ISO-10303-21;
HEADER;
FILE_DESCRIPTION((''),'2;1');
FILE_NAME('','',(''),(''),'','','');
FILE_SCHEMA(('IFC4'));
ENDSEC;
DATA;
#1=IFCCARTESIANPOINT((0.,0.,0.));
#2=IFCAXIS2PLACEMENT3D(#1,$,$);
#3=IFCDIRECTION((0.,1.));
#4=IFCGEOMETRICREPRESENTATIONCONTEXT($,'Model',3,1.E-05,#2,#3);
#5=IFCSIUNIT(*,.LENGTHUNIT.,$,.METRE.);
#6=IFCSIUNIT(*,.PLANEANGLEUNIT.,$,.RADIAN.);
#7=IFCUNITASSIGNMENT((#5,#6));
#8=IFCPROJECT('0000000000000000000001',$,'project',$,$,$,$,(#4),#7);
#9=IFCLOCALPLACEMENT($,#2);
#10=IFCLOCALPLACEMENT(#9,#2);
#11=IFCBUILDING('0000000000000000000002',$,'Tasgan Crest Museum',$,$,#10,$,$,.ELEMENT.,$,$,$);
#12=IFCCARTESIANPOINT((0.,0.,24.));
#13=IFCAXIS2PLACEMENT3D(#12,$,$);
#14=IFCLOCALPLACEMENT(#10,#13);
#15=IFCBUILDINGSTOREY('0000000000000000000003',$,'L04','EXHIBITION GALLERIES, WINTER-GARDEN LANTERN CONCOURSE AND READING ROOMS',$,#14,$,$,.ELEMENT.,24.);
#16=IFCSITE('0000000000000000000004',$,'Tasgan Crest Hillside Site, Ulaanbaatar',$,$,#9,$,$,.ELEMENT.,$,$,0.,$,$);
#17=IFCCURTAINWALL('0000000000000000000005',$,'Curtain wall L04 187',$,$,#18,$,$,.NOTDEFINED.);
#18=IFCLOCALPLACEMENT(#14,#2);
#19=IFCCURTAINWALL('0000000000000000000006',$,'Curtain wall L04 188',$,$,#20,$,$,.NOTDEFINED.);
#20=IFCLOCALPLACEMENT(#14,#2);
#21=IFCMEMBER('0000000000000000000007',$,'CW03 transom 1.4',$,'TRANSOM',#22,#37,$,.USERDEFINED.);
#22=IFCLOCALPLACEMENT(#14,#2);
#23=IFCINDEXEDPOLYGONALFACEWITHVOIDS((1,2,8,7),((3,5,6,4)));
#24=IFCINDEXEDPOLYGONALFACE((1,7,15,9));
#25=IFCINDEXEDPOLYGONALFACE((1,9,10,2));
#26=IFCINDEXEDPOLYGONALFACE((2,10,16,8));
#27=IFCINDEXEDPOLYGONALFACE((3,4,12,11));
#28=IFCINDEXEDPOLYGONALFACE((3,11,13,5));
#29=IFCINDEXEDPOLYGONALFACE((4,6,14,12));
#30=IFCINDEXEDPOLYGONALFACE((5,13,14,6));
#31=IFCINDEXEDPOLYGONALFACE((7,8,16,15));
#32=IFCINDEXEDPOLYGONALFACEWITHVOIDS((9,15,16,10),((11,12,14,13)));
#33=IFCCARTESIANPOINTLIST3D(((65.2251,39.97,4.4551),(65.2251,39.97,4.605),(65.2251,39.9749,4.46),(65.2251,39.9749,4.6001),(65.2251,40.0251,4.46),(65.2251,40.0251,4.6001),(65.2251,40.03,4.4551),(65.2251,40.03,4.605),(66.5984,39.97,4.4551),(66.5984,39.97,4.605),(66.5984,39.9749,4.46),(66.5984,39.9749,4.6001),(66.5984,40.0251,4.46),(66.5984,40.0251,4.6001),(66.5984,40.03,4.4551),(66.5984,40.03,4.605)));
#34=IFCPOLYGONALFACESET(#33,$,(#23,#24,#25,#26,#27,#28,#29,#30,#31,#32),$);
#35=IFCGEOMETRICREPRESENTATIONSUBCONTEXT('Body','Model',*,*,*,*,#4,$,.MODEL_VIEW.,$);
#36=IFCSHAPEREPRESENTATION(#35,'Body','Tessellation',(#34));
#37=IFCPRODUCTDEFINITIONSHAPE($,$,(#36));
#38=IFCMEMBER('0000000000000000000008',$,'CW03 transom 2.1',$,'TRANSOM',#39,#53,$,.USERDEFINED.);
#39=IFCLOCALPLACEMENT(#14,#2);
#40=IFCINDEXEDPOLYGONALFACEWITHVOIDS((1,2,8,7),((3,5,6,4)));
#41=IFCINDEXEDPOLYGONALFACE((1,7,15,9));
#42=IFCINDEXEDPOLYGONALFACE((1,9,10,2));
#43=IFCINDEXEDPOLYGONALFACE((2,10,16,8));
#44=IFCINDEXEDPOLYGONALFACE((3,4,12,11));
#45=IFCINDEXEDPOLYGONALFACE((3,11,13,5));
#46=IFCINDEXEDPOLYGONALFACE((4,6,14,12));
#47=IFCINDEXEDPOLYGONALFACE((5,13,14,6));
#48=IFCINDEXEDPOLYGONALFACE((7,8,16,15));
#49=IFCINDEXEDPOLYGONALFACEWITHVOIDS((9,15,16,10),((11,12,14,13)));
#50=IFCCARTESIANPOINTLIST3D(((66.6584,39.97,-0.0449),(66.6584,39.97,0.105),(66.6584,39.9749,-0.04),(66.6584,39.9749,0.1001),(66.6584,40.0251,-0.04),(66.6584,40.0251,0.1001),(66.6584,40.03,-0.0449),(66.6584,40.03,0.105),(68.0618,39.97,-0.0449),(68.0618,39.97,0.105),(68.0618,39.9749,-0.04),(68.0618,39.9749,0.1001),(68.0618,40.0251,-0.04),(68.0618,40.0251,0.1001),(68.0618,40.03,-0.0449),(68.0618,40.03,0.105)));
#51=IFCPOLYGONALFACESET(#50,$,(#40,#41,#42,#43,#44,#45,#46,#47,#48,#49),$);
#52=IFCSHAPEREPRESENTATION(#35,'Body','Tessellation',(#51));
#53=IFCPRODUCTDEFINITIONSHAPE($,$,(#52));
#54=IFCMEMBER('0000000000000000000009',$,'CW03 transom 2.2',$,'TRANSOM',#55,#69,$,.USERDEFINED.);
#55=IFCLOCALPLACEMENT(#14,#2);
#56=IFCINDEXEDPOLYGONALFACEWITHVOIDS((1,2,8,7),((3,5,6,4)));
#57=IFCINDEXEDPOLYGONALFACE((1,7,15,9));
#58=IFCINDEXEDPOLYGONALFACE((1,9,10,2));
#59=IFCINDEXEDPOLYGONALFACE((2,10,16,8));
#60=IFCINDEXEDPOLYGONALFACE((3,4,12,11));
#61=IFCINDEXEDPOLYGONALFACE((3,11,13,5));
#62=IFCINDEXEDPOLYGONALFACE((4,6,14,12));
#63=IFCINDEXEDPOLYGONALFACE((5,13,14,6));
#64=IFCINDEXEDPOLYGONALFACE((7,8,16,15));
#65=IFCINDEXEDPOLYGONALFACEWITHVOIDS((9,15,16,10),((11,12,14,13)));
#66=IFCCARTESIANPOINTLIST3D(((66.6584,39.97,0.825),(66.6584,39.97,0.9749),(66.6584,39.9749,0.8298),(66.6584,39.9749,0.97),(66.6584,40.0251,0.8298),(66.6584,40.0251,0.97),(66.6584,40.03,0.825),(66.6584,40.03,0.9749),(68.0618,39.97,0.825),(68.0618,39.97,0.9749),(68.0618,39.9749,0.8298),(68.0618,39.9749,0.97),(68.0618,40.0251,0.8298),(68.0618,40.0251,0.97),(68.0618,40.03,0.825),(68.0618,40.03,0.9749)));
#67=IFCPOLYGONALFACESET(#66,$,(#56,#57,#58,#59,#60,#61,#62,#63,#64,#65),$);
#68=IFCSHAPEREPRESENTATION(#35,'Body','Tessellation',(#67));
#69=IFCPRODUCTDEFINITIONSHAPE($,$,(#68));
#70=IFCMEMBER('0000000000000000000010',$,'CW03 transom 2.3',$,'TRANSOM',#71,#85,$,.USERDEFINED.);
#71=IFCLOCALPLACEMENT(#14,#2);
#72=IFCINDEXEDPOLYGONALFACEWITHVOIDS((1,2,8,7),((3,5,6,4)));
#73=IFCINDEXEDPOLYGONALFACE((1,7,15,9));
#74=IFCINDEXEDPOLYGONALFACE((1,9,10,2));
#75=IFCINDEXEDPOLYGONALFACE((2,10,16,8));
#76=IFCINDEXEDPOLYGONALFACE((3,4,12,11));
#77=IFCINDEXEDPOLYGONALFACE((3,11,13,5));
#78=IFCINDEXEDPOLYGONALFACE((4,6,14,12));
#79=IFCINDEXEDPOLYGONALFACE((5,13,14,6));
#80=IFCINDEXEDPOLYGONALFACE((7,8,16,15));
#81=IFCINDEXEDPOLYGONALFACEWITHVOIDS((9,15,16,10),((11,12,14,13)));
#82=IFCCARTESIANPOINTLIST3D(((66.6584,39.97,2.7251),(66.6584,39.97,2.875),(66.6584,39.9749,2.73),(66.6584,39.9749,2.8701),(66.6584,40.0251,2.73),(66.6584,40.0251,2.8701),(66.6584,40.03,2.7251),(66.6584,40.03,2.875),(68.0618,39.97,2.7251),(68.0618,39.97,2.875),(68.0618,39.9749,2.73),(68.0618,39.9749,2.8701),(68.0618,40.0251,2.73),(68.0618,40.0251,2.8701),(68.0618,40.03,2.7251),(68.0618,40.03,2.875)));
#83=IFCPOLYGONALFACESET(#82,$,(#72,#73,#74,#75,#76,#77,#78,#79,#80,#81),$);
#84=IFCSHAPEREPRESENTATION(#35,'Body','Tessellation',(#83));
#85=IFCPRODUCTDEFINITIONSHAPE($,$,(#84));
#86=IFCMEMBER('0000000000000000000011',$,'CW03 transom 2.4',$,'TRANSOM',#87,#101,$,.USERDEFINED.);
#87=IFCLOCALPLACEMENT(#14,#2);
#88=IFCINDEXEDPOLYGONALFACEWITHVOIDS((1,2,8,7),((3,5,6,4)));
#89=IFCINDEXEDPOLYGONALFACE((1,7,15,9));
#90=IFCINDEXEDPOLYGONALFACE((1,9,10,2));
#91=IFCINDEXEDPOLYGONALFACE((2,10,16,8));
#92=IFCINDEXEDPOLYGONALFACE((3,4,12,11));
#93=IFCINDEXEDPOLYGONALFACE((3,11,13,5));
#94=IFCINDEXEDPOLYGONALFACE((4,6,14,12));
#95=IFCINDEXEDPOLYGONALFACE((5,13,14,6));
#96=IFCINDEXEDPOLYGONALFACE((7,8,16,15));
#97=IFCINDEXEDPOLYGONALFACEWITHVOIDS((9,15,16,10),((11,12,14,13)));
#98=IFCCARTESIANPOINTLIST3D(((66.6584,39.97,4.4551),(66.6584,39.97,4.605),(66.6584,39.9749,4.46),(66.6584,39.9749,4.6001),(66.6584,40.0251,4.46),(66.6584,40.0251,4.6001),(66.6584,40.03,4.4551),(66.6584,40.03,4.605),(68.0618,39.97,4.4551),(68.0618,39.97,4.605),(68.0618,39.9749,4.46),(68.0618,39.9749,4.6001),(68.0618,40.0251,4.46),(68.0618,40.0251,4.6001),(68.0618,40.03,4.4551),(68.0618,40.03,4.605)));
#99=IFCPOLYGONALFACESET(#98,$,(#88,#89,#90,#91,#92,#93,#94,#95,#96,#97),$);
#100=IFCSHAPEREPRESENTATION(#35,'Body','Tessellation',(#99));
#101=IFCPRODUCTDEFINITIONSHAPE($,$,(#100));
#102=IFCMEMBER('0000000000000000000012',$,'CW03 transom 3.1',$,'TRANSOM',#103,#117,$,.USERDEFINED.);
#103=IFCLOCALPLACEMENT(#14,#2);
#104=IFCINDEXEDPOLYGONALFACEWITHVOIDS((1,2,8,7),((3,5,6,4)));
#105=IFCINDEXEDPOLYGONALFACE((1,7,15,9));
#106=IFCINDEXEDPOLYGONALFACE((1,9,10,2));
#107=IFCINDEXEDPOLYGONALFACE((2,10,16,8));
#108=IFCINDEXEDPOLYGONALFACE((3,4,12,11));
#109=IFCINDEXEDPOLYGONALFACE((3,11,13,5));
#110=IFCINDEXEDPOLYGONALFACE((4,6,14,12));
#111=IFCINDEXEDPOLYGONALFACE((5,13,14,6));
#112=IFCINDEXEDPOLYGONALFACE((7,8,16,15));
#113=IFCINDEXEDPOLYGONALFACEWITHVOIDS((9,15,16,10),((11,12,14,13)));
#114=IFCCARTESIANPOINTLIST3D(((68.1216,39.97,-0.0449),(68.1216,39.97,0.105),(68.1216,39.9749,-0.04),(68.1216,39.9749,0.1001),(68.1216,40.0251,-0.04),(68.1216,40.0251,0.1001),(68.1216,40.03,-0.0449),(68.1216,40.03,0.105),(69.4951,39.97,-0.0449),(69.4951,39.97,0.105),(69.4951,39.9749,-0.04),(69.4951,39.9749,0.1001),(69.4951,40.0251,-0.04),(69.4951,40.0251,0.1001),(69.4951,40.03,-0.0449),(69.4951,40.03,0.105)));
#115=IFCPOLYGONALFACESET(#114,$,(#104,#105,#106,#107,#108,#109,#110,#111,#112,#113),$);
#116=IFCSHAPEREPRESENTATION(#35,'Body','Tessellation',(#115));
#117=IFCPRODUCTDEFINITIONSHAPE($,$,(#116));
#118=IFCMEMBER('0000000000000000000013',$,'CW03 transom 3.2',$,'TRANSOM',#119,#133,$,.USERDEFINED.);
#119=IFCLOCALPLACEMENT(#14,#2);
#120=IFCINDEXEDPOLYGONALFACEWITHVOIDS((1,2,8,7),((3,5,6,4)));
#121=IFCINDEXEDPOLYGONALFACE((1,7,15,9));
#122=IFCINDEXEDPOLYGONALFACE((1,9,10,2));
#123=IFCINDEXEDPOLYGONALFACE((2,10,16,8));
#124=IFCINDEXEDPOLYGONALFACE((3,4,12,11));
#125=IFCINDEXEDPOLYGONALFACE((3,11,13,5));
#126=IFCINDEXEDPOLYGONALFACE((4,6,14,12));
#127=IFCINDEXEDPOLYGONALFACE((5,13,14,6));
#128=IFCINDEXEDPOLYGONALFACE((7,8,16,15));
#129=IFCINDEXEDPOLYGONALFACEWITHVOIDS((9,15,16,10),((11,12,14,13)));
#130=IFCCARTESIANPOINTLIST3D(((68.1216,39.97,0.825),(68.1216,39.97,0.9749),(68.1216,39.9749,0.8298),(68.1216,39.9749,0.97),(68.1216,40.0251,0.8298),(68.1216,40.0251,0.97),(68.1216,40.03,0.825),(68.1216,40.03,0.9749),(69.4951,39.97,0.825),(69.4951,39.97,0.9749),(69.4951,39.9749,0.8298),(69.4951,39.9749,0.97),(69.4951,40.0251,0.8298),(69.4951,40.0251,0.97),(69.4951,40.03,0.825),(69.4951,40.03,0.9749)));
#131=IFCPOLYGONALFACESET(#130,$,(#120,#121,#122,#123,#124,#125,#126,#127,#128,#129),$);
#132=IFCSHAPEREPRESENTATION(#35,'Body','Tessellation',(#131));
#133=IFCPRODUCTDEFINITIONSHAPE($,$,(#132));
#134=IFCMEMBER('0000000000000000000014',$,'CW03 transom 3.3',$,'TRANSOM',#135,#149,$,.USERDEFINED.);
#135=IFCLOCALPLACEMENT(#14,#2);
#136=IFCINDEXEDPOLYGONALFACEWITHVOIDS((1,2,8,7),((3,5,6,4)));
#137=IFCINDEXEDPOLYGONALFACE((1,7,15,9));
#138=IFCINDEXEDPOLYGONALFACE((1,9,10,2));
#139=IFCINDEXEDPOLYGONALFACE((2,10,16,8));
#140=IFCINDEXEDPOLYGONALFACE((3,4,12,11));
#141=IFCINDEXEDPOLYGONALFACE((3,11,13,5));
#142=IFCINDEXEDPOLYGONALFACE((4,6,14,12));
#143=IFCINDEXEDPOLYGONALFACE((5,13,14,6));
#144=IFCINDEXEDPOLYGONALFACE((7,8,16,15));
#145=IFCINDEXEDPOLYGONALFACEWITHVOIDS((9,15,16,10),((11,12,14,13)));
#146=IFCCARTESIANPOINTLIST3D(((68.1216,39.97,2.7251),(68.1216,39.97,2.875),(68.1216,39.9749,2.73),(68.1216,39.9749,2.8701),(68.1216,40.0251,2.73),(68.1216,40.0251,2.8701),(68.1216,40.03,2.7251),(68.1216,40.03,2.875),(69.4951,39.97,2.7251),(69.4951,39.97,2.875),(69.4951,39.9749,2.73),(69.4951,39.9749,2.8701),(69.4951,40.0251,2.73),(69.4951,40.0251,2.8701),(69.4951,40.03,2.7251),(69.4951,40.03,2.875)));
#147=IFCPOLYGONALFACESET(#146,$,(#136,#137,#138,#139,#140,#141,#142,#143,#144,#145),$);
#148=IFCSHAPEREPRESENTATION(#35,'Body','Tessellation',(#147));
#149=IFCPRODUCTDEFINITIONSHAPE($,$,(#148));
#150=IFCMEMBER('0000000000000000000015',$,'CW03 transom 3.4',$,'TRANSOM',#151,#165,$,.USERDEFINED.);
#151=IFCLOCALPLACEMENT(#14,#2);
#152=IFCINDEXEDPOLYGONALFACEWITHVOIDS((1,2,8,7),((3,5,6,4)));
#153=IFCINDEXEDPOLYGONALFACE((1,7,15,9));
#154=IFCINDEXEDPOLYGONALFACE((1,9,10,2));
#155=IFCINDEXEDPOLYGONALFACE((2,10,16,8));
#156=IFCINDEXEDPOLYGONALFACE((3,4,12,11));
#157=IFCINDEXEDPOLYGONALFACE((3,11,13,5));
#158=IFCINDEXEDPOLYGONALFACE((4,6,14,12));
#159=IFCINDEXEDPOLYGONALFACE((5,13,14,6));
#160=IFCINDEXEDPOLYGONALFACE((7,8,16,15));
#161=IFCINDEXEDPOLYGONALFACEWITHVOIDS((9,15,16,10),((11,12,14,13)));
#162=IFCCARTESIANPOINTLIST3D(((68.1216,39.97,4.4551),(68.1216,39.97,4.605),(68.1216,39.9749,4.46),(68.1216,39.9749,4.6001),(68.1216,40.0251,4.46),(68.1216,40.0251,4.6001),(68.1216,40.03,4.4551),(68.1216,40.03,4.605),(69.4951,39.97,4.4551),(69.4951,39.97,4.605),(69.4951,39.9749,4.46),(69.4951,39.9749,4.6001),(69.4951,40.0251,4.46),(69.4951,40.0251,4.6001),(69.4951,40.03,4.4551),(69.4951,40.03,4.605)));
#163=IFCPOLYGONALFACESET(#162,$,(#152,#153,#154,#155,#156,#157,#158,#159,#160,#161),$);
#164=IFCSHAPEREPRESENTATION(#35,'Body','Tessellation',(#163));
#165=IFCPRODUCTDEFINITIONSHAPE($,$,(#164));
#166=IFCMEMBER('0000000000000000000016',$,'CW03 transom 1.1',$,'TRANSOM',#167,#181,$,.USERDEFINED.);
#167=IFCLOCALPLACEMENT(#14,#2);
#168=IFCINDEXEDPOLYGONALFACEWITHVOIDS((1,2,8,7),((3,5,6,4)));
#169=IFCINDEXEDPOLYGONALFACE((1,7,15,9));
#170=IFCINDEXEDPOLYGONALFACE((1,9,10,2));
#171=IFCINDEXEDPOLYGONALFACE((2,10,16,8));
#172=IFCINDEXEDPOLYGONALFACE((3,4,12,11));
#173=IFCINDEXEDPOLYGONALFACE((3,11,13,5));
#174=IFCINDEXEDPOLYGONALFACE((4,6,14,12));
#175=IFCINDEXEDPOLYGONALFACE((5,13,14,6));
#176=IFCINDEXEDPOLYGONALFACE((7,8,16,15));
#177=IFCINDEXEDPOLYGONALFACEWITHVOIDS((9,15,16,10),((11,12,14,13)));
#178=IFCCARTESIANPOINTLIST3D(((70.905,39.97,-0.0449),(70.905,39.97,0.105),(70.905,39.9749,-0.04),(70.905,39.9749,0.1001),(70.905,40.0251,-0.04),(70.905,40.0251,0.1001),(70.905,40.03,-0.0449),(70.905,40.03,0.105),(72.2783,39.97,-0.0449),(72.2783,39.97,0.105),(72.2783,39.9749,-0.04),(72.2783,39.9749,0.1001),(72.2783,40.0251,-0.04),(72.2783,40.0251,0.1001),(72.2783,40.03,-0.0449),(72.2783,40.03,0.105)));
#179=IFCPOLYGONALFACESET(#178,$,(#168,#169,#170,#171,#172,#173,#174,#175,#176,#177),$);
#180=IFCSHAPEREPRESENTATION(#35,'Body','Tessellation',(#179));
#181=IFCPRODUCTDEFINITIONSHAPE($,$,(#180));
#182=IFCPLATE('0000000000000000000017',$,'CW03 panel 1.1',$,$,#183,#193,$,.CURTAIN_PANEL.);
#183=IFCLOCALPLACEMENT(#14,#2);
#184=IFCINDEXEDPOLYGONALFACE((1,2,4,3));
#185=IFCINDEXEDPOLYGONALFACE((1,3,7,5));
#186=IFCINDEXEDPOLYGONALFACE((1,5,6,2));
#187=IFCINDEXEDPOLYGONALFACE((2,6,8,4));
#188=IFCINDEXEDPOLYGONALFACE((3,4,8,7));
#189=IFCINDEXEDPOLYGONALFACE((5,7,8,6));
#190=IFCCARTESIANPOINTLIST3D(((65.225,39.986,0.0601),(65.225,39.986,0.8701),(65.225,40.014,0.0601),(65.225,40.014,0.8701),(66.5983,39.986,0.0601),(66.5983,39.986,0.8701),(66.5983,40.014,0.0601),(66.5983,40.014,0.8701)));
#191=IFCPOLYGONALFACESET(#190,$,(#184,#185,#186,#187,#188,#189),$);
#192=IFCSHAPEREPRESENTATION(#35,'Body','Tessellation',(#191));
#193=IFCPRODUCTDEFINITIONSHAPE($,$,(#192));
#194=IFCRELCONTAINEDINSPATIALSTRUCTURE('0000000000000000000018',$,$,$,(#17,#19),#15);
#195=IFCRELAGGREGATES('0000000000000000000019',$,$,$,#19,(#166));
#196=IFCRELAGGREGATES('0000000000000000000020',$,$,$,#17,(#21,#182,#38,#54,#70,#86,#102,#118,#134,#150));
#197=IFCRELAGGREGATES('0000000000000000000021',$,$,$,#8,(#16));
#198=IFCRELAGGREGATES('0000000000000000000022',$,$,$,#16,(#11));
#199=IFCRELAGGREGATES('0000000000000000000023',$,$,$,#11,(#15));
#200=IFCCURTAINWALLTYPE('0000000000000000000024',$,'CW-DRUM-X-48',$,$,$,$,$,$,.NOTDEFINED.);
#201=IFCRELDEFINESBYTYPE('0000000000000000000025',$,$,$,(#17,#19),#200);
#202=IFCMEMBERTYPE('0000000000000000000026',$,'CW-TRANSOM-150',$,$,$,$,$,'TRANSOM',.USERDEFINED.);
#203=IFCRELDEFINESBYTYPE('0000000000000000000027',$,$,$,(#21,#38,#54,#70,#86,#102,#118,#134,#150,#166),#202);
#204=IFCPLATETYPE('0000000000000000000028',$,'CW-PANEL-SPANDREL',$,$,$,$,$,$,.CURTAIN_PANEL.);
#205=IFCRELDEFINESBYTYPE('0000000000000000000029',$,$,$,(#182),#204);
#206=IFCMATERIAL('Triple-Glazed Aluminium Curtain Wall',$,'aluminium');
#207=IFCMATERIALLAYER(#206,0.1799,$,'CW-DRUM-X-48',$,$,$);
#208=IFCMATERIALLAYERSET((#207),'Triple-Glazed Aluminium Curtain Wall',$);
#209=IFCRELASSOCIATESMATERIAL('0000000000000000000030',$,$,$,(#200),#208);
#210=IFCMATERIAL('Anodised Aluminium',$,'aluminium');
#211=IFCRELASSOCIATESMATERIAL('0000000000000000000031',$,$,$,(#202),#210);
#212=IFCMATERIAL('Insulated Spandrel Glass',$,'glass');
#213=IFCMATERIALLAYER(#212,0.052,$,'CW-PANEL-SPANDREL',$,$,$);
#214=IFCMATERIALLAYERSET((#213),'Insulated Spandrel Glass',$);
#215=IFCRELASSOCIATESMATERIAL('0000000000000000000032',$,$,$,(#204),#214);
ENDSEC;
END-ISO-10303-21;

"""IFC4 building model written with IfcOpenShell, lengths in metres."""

from ifc_helpers import new_model, si_unit, direction, frame, origin, origin_2d, place, context, subcontext, project, spatial, rectangle, hollow_rectangle, extrude, material, layer, layer_set, material_profile, profile_set, type_object, element, aggregate, save


model = new_model("IFC4")

# Units and contexts
model_context = context("Model", 3, precision=1e-05, world=origin(), true_north=direction((0.0, 1.0)))
body_context = subcontext(model_context, "Body", "Model", "MODEL_VIEW")
ifc_project = project(units=[si_unit("LENGTHUNIT", "METRE"), si_unit("PLANEANGLEUNIT", "RADIAN")], contexts=[model_context])

# Site, building, storey
site_placement = place(None, origin())
site = spatial("IfcSite", under=ifc_project, at=site_placement, Name="Tasgan Crest Hillside Site, Ulaanbaatar", CompositionType="ELEMENT", RefElevation=0.0)
building_placement = place(site_placement, origin())
building = spatial("IfcBuilding", under=site, at=building_placement, Name="Tasgan Crest Museum", CompositionType="ELEMENT")
storey_placement = place(building_placement, frame((0.0, 0.0, 24.0)))
storey = spatial("IfcBuildingStorey", under=building, at=storey_placement, Name="L04", Description="EXHIBITION GALLERIES, WINTER-GARDEN LANTERN CONCOURSE AND READING ROOMS", CompositionType="ELEMENT", Elevation=24.0)

# Curtain wall
ifc_material_1 = material(Name="Triple-Glazed Aluminium Curtain Wall", Category="aluminium")
ifc_layer_1 = layer(ifc_material_1, 0.1799, Name="CW-DRUM-X-48")
ifc_layer_set_1 = layer_set([ifc_layer_1], Name="Triple-Glazed Aluminium Curtain Wall")
curtain_wall_type = type_object("IfcCurtainWallType", Name="CW-DRUM-X-48", PredefinedType="NOTDEFINED", material=ifc_layer_set_1)
curtain_wall_1_placement = place(storey_placement, origin())
curtain_wall_1 = element("IfcCurtainWall", 1, at=curtain_wall_1_placement, inside=storey, type_object=curtain_wall_type, Name="Curtain wall L04 187", PredefinedType="NOTDEFINED")

# Curtain wall
curtain_wall_2_placement = place(storey_placement, origin())
curtain_wall_2 = element("IfcCurtainWall", 2, at=curtain_wall_2_placement, inside=storey, type_object=curtain_wall_type, Name="Curtain wall L04 188", PredefinedType="NOTDEFINED")

# Members
ifc_material_2 = material(Name="Anodised Aluminium", Category="aluminium")
ifc_material_profile_1 = material_profile(ifc_material_2, hollow_rectangle(XDim=0.0601, YDim=0.1499, WallThickness=0.0049, at=origin_2d()), Name="ALU TRANSOM 150x60x5")
ifc_profile_set_1 = profile_set([ifc_material_profile_1], Name="Anodised Aluminium")
member_type_1 = type_object("IfcMemberType", Name="CW-TRANSOM-150", ElementType="TRANSOM", PredefinedType="USERDEFINED", material=ifc_profile_set_1)
member_1_placement = place(storey_placement, frame((65.2251, 40.0, 4.53), z_axis=(1.0, 0.0, 0.0), x_axis=(0.0, 1.0, 0.0)))
member_1 = element("IfcMember", 3, at=member_1_placement, type_object=member_type_1, Name="CW03 transom 1.4", ObjectType="TRANSOM", PredefinedType="USERDEFINED", context=body_context, shape_type="SweptSolid", body=[
    extrude(hollow_rectangle(XDim=0.0601, YDim=0.1499, WallThickness=0.0049, at=origin_2d()), origin(), (0.0, 0.0, 1.0), 1.3733),
])
member_2_placement = place(storey_placement, frame((66.6584, 40.0, 0.03), z_axis=(1.0, 0.0, 0.0), x_axis=(0.0, 1.0, 0.0)))
member_2 = element("IfcMember", 4, at=member_2_placement, type_object=member_type_1, Name="CW03 transom 2.1", ObjectType="TRANSOM", PredefinedType="USERDEFINED", context=body_context, shape_type="SweptSolid", body=[
    extrude(hollow_rectangle(XDim=0.0601, YDim=0.1499, WallThickness=0.0049, at=origin_2d()), origin(), (0.0, 0.0, 1.0), 1.4033),
])
member_3_placement = place(storey_placement, frame((66.6584, 40.0, 0.8999), z_axis=(1.0, 0.0, 0.0), x_axis=(0.0, 1.0, 0.0)))
member_3 = element("IfcMember", 5, at=member_3_placement, type_object=member_type_1, Name="CW03 transom 2.2", ObjectType="TRANSOM", PredefinedType="USERDEFINED", context=body_context, shape_type="SweptSolid", body=[
    extrude(hollow_rectangle(XDim=0.0601, YDim=0.1499, WallThickness=0.0049, at=origin_2d()), origin(), (0.0, 0.0, 1.0), 1.4033),
])
member_4_placement = place(storey_placement, frame((66.6584, 40.0, 2.8), z_axis=(1.0, 0.0, 0.0), x_axis=(0.0, 1.0, 0.0)))
member_4 = element("IfcMember", 6, at=member_4_placement, type_object=member_type_1, Name="CW03 transom 2.3", ObjectType="TRANSOM", PredefinedType="USERDEFINED", context=body_context, shape_type="SweptSolid", body=[
    extrude(hollow_rectangle(XDim=0.0601, YDim=0.1499, WallThickness=0.0049, at=origin_2d()), origin(), (0.0, 0.0, 1.0), 1.4033),
])
member_5_placement = place(storey_placement, frame((66.6584, 40.0, 4.53), z_axis=(1.0, 0.0, 0.0), x_axis=(0.0, 1.0, 0.0)))
member_5 = element("IfcMember", 7, at=member_5_placement, type_object=member_type_1, Name="CW03 transom 2.4", ObjectType="TRANSOM", PredefinedType="USERDEFINED", context=body_context, shape_type="SweptSolid", body=[
    extrude(hollow_rectangle(XDim=0.0601, YDim=0.1499, WallThickness=0.0049, at=origin_2d()), origin(), (0.0, 0.0, 1.0), 1.4033),
])
member_6_placement = place(storey_placement, frame((68.1216, 40.0, 0.03), z_axis=(1.0, 0.0, 0.0), x_axis=(0.0, 1.0, 0.0)))
member_6 = element("IfcMember", 8, at=member_6_placement, type_object=member_type_1, Name="CW03 transom 3.1", ObjectType="TRANSOM", PredefinedType="USERDEFINED", context=body_context, shape_type="SweptSolid", body=[
    extrude(hollow_rectangle(XDim=0.0601, YDim=0.1499, WallThickness=0.0049, at=origin_2d()), origin(), (0.0, 0.0, 1.0), 1.3735),
])
member_7_placement = place(storey_placement, frame((68.1216, 40.0, 0.8999), z_axis=(1.0, 0.0, 0.0), x_axis=(0.0, 1.0, 0.0)))
member_7 = element("IfcMember", 9, at=member_7_placement, type_object=member_type_1, Name="CW03 transom 3.2", ObjectType="TRANSOM", PredefinedType="USERDEFINED", context=body_context, shape_type="SweptSolid", body=[
    extrude(hollow_rectangle(XDim=0.0601, YDim=0.1499, WallThickness=0.0049, at=origin_2d()), origin(), (0.0, 0.0, 1.0), 1.3735),
])
member_8_placement = place(storey_placement, frame((68.1216, 40.0, 2.8), z_axis=(1.0, 0.0, 0.0), x_axis=(0.0, 1.0, 0.0)))
member_8 = element("IfcMember", 10, at=member_8_placement, type_object=member_type_1, Name="CW03 transom 3.3", ObjectType="TRANSOM", PredefinedType="USERDEFINED", context=body_context, shape_type="SweptSolid", body=[
    extrude(hollow_rectangle(XDim=0.0601, YDim=0.1499, WallThickness=0.0049, at=origin_2d()), origin(), (0.0, 0.0, 1.0), 1.3735),
])
member_9_placement = place(storey_placement, frame((68.1216, 40.0, 4.53), z_axis=(1.0, 0.0, 0.0), x_axis=(0.0, 1.0, 0.0)))
member_9 = element("IfcMember", 11, at=member_9_placement, type_object=member_type_1, Name="CW03 transom 3.4", ObjectType="TRANSOM", PredefinedType="USERDEFINED", context=body_context, shape_type="SweptSolid", body=[
    extrude(hollow_rectangle(XDim=0.0601, YDim=0.1499, WallThickness=0.0049, at=origin_2d()), origin(), (0.0, 0.0, 1.0), 1.3735),
])
member_10_placement = place(storey_placement, frame((70.905, 40.0, 0.03), z_axis=(1.0, 0.0, 0.0), x_axis=(0.0, 1.0, 0.0)))
member_10 = element("IfcMember", 12, at=member_10_placement, type_object=member_type_1, Name="CW03 transom 1.1", ObjectType="TRANSOM", PredefinedType="USERDEFINED", context=body_context, shape_type="SweptSolid", body=[
    extrude(hollow_rectangle(XDim=0.0601, YDim=0.1499, WallThickness=0.0049, at=origin_2d()), origin(), (0.0, 0.0, 1.0), 1.3733),
])
aggregate(curtain_wall_2, [member_10])

# Plate
ifc_material_3 = material(Name="Insulated Spandrel Glass", Category="glass")
ifc_layer_2 = layer(ifc_material_3, 0.052, Name="CW-PANEL-SPANDREL")
ifc_layer_set_2 = layer_set([ifc_layer_2], Name="Insulated Spandrel Glass")
plate_type_1 = type_object("IfcPlateType", Name="CW-PANEL-SPANDREL", PredefinedType="CURTAIN_PANEL", material=ifc_layer_set_2)
plate_1_placement = place(storey_placement, frame((65.9116, 40.0, 0.0601), z_axis=(0.0, 0.0, 1.0), x_axis=(1.0, 0.0, 0.0)))
plate_1 = element("IfcPlate", 13, at=plate_1_placement, type_object=plate_type_1, Name="CW03 panel 1.1", PredefinedType="CURTAIN_PANEL", context=body_context, shape_type="SweptSolid", body=[
    extrude(rectangle(XDim=1.3733, YDim=0.0281, at=origin_2d()), origin(), (0.0, 0.0, 1.0), 0.8101),
])
aggregate(curtain_wall_1, [member_1, plate_1, member_2, member_3, member_4, member_5, member_6, member_7, member_8, member_9])

save(model, "model.ifc")
